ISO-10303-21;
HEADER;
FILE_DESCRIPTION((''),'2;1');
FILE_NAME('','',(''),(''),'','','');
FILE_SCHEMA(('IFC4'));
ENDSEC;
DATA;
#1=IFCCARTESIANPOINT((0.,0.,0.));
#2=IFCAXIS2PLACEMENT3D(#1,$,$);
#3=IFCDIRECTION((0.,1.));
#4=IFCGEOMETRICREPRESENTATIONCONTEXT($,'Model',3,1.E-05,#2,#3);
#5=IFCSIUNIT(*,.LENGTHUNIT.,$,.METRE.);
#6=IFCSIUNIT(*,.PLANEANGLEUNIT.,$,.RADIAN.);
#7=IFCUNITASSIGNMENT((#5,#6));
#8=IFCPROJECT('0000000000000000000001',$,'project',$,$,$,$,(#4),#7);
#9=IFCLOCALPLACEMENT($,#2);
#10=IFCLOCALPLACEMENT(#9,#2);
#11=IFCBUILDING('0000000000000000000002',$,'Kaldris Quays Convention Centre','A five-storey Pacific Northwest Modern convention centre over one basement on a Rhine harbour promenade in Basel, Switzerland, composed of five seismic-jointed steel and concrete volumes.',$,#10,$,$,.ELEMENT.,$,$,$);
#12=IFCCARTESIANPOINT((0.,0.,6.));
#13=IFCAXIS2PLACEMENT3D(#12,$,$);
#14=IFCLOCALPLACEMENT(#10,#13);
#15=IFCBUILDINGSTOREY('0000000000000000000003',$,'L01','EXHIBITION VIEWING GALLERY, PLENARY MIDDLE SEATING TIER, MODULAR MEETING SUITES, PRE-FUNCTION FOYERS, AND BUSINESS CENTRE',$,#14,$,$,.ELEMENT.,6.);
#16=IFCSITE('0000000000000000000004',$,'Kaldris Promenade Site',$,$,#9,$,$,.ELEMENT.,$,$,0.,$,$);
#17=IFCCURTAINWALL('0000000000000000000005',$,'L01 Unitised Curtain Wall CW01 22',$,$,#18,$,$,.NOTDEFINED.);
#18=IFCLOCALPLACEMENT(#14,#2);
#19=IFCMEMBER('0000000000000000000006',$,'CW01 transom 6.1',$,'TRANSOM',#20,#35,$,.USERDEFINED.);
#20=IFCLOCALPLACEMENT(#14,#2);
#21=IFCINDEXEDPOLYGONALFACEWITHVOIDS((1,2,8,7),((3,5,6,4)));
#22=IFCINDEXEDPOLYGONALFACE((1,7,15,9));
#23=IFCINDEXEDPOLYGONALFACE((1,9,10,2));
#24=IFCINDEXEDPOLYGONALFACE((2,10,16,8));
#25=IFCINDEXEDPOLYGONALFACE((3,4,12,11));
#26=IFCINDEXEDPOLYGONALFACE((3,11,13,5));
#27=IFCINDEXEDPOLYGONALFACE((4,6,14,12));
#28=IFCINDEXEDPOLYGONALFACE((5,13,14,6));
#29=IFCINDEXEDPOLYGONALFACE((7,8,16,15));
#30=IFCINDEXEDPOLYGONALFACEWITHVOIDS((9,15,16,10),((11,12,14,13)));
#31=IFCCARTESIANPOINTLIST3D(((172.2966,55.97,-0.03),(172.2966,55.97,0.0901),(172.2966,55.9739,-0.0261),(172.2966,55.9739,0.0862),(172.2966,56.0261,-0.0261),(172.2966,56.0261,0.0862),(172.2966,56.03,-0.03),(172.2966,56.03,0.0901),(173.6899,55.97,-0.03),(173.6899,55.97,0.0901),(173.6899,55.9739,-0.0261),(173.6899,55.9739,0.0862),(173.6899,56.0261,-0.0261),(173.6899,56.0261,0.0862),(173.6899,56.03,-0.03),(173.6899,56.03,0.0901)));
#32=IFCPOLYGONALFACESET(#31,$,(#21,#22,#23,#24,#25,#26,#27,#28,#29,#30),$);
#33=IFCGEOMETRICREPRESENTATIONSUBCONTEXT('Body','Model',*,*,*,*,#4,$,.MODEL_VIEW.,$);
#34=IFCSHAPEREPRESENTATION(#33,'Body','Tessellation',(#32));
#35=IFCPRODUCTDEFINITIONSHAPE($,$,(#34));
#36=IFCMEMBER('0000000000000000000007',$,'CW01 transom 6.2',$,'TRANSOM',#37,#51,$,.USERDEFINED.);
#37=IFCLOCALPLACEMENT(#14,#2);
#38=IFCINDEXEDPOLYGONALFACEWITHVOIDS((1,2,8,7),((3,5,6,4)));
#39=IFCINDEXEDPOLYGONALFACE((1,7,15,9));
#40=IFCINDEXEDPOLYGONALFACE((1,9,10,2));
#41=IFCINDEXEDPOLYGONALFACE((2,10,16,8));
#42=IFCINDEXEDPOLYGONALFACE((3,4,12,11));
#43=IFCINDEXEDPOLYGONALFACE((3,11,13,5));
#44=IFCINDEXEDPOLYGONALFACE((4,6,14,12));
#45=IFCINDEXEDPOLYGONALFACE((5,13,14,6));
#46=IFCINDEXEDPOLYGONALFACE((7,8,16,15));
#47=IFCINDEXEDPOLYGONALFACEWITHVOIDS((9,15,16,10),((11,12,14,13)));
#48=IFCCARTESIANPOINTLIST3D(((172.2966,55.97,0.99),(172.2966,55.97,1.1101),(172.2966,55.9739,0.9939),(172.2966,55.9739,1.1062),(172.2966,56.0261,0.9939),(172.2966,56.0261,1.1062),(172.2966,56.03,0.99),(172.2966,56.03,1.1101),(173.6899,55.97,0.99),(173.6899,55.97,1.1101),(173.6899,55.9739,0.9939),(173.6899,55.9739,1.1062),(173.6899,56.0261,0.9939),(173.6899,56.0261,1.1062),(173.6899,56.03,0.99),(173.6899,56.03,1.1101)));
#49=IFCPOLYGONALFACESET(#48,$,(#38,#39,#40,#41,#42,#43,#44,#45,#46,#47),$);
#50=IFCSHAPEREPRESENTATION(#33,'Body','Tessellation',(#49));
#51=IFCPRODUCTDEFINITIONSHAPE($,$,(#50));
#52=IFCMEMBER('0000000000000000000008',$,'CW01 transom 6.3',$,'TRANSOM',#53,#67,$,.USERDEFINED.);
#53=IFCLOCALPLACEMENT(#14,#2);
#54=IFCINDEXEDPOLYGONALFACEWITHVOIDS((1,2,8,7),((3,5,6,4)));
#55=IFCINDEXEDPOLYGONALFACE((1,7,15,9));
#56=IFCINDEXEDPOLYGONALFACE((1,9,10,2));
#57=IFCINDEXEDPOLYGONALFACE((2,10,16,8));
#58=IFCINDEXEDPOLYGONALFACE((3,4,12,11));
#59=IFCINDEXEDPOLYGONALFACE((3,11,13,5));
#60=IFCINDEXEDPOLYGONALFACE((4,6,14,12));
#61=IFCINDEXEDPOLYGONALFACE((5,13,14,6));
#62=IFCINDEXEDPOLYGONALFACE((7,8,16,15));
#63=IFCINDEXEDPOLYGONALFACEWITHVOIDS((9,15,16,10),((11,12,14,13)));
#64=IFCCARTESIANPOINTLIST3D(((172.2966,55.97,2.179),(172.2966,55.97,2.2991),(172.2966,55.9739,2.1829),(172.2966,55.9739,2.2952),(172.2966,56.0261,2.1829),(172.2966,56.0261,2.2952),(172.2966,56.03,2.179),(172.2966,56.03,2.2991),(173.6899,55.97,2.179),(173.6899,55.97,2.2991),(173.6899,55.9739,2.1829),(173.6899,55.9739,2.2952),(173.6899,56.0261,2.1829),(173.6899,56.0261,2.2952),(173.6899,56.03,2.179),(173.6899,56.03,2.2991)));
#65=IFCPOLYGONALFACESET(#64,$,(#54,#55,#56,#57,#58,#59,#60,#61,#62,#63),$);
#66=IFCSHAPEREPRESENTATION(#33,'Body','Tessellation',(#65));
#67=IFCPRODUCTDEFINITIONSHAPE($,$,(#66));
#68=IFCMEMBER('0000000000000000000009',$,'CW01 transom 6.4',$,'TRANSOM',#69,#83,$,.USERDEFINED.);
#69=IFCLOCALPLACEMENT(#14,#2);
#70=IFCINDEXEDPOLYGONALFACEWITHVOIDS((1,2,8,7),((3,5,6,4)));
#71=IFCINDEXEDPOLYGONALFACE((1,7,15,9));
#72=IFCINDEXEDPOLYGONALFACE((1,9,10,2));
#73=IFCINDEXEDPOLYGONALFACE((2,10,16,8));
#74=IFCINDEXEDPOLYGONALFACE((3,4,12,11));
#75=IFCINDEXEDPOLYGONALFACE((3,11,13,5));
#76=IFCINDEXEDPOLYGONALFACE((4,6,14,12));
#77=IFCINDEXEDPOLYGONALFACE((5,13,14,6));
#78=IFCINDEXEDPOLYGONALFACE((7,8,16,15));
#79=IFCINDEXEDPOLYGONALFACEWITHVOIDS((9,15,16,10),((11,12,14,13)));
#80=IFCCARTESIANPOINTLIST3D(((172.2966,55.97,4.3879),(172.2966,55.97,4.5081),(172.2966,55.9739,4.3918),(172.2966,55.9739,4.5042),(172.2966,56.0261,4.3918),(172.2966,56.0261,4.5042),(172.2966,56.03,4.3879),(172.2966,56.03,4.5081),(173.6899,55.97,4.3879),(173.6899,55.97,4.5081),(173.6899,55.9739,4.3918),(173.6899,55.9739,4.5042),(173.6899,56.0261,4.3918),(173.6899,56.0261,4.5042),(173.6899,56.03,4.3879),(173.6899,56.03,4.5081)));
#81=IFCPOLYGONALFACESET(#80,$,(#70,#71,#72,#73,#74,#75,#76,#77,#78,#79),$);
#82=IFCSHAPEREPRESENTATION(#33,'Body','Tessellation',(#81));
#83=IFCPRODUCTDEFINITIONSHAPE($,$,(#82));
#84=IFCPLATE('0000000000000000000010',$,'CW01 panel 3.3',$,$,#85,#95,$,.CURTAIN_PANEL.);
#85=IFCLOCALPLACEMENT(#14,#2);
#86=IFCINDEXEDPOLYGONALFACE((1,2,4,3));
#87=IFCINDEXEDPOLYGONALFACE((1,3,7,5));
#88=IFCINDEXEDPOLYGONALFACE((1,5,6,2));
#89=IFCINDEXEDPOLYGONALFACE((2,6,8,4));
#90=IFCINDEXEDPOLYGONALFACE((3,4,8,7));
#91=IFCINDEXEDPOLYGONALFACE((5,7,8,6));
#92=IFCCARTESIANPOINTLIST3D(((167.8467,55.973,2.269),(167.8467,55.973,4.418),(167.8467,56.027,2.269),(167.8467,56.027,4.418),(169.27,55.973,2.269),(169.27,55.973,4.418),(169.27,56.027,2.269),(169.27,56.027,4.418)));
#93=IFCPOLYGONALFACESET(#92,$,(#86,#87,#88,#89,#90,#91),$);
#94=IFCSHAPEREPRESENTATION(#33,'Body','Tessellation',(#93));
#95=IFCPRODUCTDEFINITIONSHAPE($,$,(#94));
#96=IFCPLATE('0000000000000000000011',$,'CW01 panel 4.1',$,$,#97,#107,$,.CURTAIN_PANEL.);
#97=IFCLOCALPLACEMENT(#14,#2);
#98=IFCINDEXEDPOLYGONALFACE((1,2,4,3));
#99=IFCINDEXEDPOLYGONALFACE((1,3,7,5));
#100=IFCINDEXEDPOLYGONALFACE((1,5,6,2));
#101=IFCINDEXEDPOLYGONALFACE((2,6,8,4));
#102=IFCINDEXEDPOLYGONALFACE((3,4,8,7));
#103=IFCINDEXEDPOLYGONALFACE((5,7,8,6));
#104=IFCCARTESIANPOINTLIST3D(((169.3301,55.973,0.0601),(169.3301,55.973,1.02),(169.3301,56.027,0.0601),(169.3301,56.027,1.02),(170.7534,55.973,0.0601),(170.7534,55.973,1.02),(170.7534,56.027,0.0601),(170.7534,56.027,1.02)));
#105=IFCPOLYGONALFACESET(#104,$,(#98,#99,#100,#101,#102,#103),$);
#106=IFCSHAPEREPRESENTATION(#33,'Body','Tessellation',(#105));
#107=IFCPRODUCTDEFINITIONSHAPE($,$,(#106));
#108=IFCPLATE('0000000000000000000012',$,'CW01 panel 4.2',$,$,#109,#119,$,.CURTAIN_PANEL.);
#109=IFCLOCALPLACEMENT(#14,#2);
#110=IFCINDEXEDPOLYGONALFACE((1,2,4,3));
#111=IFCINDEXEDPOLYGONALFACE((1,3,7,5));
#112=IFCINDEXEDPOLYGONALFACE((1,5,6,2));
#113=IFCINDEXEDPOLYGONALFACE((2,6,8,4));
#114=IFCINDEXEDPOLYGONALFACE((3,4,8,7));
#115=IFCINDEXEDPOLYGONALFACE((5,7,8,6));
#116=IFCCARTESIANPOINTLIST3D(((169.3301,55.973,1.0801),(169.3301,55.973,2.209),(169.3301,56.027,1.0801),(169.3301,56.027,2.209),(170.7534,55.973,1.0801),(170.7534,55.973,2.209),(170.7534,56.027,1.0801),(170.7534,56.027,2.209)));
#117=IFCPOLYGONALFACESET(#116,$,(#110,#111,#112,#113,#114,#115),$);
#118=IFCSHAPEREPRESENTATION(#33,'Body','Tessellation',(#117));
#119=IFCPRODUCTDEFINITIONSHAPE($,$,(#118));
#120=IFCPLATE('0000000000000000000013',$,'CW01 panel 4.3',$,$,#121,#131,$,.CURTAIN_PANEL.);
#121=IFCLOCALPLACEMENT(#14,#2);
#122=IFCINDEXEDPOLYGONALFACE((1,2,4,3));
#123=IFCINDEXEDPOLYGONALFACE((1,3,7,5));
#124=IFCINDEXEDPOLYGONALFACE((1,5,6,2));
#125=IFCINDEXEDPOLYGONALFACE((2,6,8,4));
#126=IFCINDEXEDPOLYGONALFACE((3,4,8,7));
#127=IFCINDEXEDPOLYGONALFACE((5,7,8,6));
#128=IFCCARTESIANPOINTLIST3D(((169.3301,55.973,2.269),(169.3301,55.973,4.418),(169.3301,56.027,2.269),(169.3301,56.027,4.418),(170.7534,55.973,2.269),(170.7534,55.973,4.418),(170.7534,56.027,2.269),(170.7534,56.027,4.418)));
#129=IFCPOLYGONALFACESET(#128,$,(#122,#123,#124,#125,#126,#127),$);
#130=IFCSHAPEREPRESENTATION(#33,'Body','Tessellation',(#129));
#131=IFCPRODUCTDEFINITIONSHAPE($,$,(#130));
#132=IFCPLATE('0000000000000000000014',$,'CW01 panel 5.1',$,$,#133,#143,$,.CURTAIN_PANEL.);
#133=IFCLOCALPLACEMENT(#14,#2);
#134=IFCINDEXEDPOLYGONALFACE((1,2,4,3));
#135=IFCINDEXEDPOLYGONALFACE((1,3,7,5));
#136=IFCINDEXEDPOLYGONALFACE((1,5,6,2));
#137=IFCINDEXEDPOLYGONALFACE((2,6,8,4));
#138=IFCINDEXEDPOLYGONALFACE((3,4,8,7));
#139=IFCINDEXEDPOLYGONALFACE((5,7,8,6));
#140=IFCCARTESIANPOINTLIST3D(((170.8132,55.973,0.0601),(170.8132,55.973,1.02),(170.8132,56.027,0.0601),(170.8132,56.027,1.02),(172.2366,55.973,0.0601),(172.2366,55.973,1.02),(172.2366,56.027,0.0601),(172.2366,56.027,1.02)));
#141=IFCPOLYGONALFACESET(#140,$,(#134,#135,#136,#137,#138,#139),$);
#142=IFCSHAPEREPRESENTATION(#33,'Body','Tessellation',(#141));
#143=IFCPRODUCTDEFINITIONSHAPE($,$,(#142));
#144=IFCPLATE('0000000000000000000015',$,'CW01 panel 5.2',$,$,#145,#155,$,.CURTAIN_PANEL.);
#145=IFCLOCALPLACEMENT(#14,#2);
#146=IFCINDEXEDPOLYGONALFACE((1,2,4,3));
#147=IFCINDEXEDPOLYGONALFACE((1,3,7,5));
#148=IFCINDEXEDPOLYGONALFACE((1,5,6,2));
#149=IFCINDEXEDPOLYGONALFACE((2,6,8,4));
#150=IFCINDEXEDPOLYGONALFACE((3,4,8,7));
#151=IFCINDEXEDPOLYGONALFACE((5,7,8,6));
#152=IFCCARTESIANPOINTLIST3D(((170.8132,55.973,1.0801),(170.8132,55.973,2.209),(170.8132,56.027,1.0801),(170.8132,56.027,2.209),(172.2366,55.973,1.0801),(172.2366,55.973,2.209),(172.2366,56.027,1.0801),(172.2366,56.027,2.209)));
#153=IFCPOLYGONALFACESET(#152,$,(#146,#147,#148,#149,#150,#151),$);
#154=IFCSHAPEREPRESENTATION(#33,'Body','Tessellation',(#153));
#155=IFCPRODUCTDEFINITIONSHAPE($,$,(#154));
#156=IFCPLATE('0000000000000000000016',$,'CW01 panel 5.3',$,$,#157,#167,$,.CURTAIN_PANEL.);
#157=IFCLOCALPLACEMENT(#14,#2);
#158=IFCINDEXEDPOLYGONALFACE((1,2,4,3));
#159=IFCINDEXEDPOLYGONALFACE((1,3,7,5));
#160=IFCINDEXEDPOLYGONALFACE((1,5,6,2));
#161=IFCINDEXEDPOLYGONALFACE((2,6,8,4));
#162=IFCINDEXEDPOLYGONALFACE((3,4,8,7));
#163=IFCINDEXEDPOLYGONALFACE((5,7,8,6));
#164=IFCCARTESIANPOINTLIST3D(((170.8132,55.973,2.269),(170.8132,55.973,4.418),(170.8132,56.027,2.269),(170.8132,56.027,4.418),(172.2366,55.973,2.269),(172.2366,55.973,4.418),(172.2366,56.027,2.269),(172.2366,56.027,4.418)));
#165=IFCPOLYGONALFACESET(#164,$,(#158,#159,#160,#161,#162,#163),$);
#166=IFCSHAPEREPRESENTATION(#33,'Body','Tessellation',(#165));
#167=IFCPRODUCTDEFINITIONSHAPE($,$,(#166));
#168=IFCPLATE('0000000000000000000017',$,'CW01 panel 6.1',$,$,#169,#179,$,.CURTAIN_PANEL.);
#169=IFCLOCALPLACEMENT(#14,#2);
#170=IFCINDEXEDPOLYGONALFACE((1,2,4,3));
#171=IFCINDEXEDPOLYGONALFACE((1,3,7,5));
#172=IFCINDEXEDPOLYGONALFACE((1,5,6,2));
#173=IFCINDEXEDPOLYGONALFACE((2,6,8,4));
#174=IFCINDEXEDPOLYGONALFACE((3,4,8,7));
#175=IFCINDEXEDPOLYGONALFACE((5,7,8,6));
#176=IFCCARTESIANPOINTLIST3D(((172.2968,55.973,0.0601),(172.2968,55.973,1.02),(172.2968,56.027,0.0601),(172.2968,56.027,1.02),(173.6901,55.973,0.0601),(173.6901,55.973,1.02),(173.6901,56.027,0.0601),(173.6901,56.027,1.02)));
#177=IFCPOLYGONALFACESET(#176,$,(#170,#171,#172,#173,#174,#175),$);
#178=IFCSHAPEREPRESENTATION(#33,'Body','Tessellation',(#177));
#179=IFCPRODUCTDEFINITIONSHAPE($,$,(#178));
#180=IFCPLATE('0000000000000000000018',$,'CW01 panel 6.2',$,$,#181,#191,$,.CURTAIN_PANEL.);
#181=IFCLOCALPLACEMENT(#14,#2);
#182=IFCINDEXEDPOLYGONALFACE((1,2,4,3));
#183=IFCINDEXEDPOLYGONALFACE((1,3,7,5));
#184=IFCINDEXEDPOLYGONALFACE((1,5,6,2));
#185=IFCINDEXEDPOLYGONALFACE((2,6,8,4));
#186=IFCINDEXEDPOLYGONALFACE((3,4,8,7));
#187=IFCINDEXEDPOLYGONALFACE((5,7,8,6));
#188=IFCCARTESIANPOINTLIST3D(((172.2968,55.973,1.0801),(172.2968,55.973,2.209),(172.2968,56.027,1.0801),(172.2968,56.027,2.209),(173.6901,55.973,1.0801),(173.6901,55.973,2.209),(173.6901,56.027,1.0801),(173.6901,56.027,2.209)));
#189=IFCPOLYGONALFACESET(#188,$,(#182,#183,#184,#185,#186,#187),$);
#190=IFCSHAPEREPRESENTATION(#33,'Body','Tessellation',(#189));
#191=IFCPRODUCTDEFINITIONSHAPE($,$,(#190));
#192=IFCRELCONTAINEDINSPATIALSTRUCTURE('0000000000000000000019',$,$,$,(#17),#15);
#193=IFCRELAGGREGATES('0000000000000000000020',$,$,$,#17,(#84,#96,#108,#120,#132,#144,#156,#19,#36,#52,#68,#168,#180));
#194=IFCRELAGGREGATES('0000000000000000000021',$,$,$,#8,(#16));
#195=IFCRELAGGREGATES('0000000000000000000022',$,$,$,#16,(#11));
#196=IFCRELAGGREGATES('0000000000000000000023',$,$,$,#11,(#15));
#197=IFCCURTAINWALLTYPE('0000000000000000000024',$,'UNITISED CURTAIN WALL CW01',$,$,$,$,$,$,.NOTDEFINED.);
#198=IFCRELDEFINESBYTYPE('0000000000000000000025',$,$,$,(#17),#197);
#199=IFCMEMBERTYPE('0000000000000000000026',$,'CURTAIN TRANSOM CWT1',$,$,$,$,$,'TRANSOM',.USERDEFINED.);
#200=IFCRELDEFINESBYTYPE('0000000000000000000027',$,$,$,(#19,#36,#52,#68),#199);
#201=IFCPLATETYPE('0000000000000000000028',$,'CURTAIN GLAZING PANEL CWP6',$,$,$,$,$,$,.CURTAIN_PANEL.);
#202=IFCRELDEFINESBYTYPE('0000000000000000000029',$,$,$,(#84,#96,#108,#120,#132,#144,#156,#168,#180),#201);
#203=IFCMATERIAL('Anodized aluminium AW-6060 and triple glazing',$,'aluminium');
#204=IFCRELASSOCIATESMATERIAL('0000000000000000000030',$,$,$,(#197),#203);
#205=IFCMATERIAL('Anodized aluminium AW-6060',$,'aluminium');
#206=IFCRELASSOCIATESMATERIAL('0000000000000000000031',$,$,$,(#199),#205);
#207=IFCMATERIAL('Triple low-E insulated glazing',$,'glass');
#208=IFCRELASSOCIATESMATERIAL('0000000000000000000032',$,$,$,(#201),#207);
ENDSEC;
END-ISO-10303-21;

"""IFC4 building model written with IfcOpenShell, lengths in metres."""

from ifc_helpers import new_model, si_unit, direction, frame, origin, origin_2d, place, context, subcontext, project, spatial, rectangle, hollow_rectangle, extrude, material, material_profile, profile_set, type_object, element, aggregate, save


model = new_model("IFC4")

# Units and contexts
model_context = context("Model", 3, precision=1e-05, world=origin(), true_north=direction((0.0, 1.0)))
body_context = subcontext(model_context, "Body", "Model", "MODEL_VIEW")
ifc_project = project(units=[si_unit("LENGTHUNIT", "METRE"), si_unit("PLANEANGLEUNIT", "RADIAN")], contexts=[model_context])

# Site, building, storey
site_placement = place(None, origin())
site = spatial("IfcSite", under=ifc_project, at=site_placement, Name="Kaldris Promenade Site", CompositionType="ELEMENT", RefElevation=0.0)
building_placement = place(site_placement, origin())
building = spatial("IfcBuilding", under=site, at=building_placement, Name="Kaldris Quays Convention Centre", Description="A five-storey Pacific Northwest Modern convention centre over one basement on a Rhine harbour promenade in Basel, Switzerland, composed of five seismic-jointed steel and concrete volumes.", CompositionType="ELEMENT")
storey_placement = place(building_placement, frame((0.0, 0.0, 6.0)))
storey = spatial("IfcBuildingStorey", under=building, at=storey_placement, Name="L01", Description="EXHIBITION VIEWING GALLERY, PLENARY MIDDLE SEATING TIER, MODULAR MEETING SUITES, PRE-FUNCTION FOYERS, AND BUSINESS CENTRE", CompositionType="ELEMENT", Elevation=6.0)

# Curtain wall, members, plates
ifc_material_1 = material(Name="Anodized aluminium AW-6060 and triple glazing", Category="aluminium")
curtain_wall_type = type_object("IfcCurtainWallType", Name="UNITISED CURTAIN WALL CW01", PredefinedType="NOTDEFINED", material=ifc_material_1)
curtain_wall_placement = place(storey_placement, origin())
curtain_wall = element("IfcCurtainWall", 1, at=curtain_wall_placement, inside=storey, type_object=curtain_wall_type, Name="L01 Unitised Curtain Wall CW01 22", PredefinedType="NOTDEFINED")
ifc_material_2 = material(Name="Anodized aluminium AW-6060", Category="aluminium")
ifc_material_profile_1 = material_profile(ifc_material_2, hollow_rectangle(XDim=0.0601, YDim=0.1201, WallThickness=0.0039, at=origin_2d()), Name="RHS 120x60x4")
ifc_profile_set_1 = profile_set([ifc_material_profile_1], Name="Anodized aluminium AW-6060")
member_type_1 = type_object("IfcMemberType", Name="CURTAIN TRANSOM CWT1", ElementType="TRANSOM", PredefinedType="USERDEFINED", material=ifc_profile_set_1)
member_1_placement = place(storey_placement, frame((172.2966, 56.0, 0.03), z_axis=(1.0, 0.0, 0.0), x_axis=(0.0, 1.0, 0.0)))
member_1 = element("IfcMember", 2, at=member_1_placement, type_object=member_type_1, Name="CW01 transom 6.1", ObjectType="TRANSOM", PredefinedType="USERDEFINED", context=body_context, shape_type="SweptSolid", body=[
    extrude(hollow_rectangle(XDim=0.0601, YDim=0.1201, WallThickness=0.0039, at=origin_2d()), origin(), (0.0, 0.0, 1.0), 1.3933),
])
member_2_placement = place(storey_placement, frame((172.2966, 56.0, 1.05), z_axis=(1.0, 0.0, 0.0), x_axis=(0.0, 1.0, 0.0)))
member_2 = element("IfcMember", 3, at=member_2_placement, type_object=member_type_1, Name="CW01 transom 6.2", ObjectType="TRANSOM", PredefinedType="USERDEFINED", context=body_context, shape_type="SweptSolid", body=[
    extrude(hollow_rectangle(XDim=0.0601, YDim=0.1201, WallThickness=0.0039, at=origin_2d()), origin(), (0.0, 0.0, 1.0), 1.3933),
])
member_3_placement = place(storey_placement, frame((172.2966, 56.0, 2.239), z_axis=(1.0, 0.0, 0.0), x_axis=(0.0, 1.0, 0.0)))
member_3 = element("IfcMember", 4, at=member_3_placement, type_object=member_type_1, Name="CW01 transom 6.3", ObjectType="TRANSOM", PredefinedType="USERDEFINED", context=body_context, shape_type="SweptSolid", body=[
    extrude(hollow_rectangle(XDim=0.0601, YDim=0.1201, WallThickness=0.0039, at=origin_2d()), origin(), (0.0, 0.0, 1.0), 1.3933),
])
member_4_placement = place(storey_placement, frame((172.2966, 56.0, 4.448), z_axis=(1.0, 0.0, 0.0), x_axis=(0.0, 1.0, 0.0)))
member_4 = element("IfcMember", 5, at=member_4_placement, type_object=member_type_1, Name="CW01 transom 6.4", ObjectType="TRANSOM", PredefinedType="USERDEFINED", context=body_context, shape_type="SweptSolid", body=[
    extrude(hollow_rectangle(XDim=0.0601, YDim=0.1201, WallThickness=0.0039, at=origin_2d()), origin(), (0.0, 0.0, 1.0), 1.3933),
])
ifc_material_3 = material(Name="Triple low-E insulated glazing", Category="glass")
plate_type = type_object("IfcPlateType", Name="CURTAIN GLAZING PANEL CWP6", PredefinedType="CURTAIN_PANEL", material=ifc_material_3)
plate_1_placement = place(storey_placement, frame((168.5583, 56.0, 2.269), z_axis=(0.0, 0.0, 1.0), x_axis=(1.0, 0.0, 0.0)))
plate_1 = element("IfcPlate", 6, at=plate_1_placement, type_object=plate_type, Name="CW01 panel 3.3", PredefinedType="CURTAIN_PANEL", context=body_context, shape_type="SweptSolid", body=[
    extrude(rectangle(XDim=1.4233, YDim=0.054, at=origin_2d()), origin(), (0.0, 0.0, 1.0), 2.1489),
])
plate_2_placement = place(storey_placement, frame((170.0417, 56.0, 0.0601), z_axis=(0.0, 0.0, 1.0), x_axis=(1.0, 0.0, 0.0)))
plate_2 = element("IfcPlate", 7, at=plate_2_placement, type_object=plate_type, Name="CW01 panel 4.1", PredefinedType="CURTAIN_PANEL", context=body_context, shape_type="SweptSolid", body=[
    extrude(rectangle(XDim=1.4233, YDim=0.054, at=origin_2d()), origin(), (0.0, 0.0, 1.0), 0.96),
])
plate_3_placement = place(storey_placement, frame((170.0417, 56.0, 1.0801), z_axis=(0.0, 0.0, 1.0), x_axis=(1.0, 0.0, 0.0)))
plate_3 = element("IfcPlate", 8, at=plate_3_placement, type_object=plate_type, Name="CW01 panel 4.2", PredefinedType="CURTAIN_PANEL", context=body_context, shape_type="SweptSolid", body=[
    extrude(rectangle(XDim=1.4233, YDim=0.054, at=origin_2d()), origin(), (0.0, 0.0, 1.0), 1.1289),
])
plate_4_placement = place(storey_placement, frame((170.0417, 56.0, 2.269), z_axis=(0.0, 0.0, 1.0), x_axis=(1.0, 0.0, 0.0)))
plate_4 = element("IfcPlate", 9, at=plate_4_placement, type_object=plate_type, Name="CW01 panel 4.3", PredefinedType="CURTAIN_PANEL", context=body_context, shape_type="SweptSolid", body=[
    extrude(rectangle(XDim=1.4233, YDim=0.054, at=origin_2d()), origin(), (0.0, 0.0, 1.0), 2.1489),
])
plate_5_placement = place(storey_placement, frame((171.5249, 56.0, 0.0601), z_axis=(0.0, 0.0, 1.0), x_axis=(1.0, 0.0, 0.0)))
plate_5 = element("IfcPlate", 10, at=plate_5_placement, type_object=plate_type, Name="CW01 panel 5.1", PredefinedType="CURTAIN_PANEL", context=body_context, shape_type="SweptSolid", body=[
    extrude(rectangle(XDim=1.4233, YDim=0.054, at=origin_2d()), origin(), (0.0, 0.0, 1.0), 0.96),
])
plate_6_placement = place(storey_placement, frame((171.5249, 56.0, 1.0801), z_axis=(0.0, 0.0, 1.0), x_axis=(1.0, 0.0, 0.0)))
plate_6 = element("IfcPlate", 11, at=plate_6_placement, type_object=plate_type, Name="CW01 panel 5.2", PredefinedType="CURTAIN_PANEL", context=body_context, shape_type="SweptSolid", body=[
    extrude(rectangle(XDim=1.4233, YDim=0.054, at=origin_2d()), origin(), (0.0, 0.0, 1.0), 1.1289),
])
plate_7_placement = place(storey_placement, frame((171.5249, 56.0, 2.269), z_axis=(0.0, 0.0, 1.0), x_axis=(1.0, 0.0, 0.0)))
plate_7 = element("IfcPlate", 12, at=plate_7_placement, type_object=plate_type, Name="CW01 panel 5.3", PredefinedType="CURTAIN_PANEL", context=body_context, shape_type="SweptSolid", body=[
    extrude(rectangle(XDim=1.4233, YDim=0.054, at=origin_2d()), origin(), (0.0, 0.0, 1.0), 2.1489),
])
plate_8_placement = place(storey_placement, frame((172.9934, 56.0, 0.0601), z_axis=(0.0, 0.0, 1.0), x_axis=(1.0, 0.0, 0.0)))
plate_8 = element("IfcPlate", 13, at=plate_8_placement, type_object=plate_type, Name="CW01 panel 6.1", PredefinedType="CURTAIN_PANEL", context=body_context, shape_type="SweptSolid", body=[
    extrude(rectangle(XDim=1.3933, YDim=0.054, at=origin_2d()), origin(), (0.0, 0.0, 1.0), 0.96),
])
plate_9_placement = place(storey_placement, frame((172.9934, 56.0, 1.0801), z_axis=(0.0, 0.0, 1.0), x_axis=(1.0, 0.0, 0.0)))
plate_9 = element("IfcPlate", 14, at=plate_9_placement, type_object=plate_type, Name="CW01 panel 6.2", PredefinedType="CURTAIN_PANEL", context=body_context, shape_type="SweptSolid", body=[
    extrude(rectangle(XDim=1.3933, YDim=0.054, at=origin_2d()), origin(), (0.0, 0.0, 1.0), 1.1289),
])
aggregate(curtain_wall, [plate_1, plate_2, plate_3, plate_4, plate_5, plate_6, plate_7, member_1, member_2, member_3, member_4, plate_8, plate_9])

save(model, "model.ifc")
